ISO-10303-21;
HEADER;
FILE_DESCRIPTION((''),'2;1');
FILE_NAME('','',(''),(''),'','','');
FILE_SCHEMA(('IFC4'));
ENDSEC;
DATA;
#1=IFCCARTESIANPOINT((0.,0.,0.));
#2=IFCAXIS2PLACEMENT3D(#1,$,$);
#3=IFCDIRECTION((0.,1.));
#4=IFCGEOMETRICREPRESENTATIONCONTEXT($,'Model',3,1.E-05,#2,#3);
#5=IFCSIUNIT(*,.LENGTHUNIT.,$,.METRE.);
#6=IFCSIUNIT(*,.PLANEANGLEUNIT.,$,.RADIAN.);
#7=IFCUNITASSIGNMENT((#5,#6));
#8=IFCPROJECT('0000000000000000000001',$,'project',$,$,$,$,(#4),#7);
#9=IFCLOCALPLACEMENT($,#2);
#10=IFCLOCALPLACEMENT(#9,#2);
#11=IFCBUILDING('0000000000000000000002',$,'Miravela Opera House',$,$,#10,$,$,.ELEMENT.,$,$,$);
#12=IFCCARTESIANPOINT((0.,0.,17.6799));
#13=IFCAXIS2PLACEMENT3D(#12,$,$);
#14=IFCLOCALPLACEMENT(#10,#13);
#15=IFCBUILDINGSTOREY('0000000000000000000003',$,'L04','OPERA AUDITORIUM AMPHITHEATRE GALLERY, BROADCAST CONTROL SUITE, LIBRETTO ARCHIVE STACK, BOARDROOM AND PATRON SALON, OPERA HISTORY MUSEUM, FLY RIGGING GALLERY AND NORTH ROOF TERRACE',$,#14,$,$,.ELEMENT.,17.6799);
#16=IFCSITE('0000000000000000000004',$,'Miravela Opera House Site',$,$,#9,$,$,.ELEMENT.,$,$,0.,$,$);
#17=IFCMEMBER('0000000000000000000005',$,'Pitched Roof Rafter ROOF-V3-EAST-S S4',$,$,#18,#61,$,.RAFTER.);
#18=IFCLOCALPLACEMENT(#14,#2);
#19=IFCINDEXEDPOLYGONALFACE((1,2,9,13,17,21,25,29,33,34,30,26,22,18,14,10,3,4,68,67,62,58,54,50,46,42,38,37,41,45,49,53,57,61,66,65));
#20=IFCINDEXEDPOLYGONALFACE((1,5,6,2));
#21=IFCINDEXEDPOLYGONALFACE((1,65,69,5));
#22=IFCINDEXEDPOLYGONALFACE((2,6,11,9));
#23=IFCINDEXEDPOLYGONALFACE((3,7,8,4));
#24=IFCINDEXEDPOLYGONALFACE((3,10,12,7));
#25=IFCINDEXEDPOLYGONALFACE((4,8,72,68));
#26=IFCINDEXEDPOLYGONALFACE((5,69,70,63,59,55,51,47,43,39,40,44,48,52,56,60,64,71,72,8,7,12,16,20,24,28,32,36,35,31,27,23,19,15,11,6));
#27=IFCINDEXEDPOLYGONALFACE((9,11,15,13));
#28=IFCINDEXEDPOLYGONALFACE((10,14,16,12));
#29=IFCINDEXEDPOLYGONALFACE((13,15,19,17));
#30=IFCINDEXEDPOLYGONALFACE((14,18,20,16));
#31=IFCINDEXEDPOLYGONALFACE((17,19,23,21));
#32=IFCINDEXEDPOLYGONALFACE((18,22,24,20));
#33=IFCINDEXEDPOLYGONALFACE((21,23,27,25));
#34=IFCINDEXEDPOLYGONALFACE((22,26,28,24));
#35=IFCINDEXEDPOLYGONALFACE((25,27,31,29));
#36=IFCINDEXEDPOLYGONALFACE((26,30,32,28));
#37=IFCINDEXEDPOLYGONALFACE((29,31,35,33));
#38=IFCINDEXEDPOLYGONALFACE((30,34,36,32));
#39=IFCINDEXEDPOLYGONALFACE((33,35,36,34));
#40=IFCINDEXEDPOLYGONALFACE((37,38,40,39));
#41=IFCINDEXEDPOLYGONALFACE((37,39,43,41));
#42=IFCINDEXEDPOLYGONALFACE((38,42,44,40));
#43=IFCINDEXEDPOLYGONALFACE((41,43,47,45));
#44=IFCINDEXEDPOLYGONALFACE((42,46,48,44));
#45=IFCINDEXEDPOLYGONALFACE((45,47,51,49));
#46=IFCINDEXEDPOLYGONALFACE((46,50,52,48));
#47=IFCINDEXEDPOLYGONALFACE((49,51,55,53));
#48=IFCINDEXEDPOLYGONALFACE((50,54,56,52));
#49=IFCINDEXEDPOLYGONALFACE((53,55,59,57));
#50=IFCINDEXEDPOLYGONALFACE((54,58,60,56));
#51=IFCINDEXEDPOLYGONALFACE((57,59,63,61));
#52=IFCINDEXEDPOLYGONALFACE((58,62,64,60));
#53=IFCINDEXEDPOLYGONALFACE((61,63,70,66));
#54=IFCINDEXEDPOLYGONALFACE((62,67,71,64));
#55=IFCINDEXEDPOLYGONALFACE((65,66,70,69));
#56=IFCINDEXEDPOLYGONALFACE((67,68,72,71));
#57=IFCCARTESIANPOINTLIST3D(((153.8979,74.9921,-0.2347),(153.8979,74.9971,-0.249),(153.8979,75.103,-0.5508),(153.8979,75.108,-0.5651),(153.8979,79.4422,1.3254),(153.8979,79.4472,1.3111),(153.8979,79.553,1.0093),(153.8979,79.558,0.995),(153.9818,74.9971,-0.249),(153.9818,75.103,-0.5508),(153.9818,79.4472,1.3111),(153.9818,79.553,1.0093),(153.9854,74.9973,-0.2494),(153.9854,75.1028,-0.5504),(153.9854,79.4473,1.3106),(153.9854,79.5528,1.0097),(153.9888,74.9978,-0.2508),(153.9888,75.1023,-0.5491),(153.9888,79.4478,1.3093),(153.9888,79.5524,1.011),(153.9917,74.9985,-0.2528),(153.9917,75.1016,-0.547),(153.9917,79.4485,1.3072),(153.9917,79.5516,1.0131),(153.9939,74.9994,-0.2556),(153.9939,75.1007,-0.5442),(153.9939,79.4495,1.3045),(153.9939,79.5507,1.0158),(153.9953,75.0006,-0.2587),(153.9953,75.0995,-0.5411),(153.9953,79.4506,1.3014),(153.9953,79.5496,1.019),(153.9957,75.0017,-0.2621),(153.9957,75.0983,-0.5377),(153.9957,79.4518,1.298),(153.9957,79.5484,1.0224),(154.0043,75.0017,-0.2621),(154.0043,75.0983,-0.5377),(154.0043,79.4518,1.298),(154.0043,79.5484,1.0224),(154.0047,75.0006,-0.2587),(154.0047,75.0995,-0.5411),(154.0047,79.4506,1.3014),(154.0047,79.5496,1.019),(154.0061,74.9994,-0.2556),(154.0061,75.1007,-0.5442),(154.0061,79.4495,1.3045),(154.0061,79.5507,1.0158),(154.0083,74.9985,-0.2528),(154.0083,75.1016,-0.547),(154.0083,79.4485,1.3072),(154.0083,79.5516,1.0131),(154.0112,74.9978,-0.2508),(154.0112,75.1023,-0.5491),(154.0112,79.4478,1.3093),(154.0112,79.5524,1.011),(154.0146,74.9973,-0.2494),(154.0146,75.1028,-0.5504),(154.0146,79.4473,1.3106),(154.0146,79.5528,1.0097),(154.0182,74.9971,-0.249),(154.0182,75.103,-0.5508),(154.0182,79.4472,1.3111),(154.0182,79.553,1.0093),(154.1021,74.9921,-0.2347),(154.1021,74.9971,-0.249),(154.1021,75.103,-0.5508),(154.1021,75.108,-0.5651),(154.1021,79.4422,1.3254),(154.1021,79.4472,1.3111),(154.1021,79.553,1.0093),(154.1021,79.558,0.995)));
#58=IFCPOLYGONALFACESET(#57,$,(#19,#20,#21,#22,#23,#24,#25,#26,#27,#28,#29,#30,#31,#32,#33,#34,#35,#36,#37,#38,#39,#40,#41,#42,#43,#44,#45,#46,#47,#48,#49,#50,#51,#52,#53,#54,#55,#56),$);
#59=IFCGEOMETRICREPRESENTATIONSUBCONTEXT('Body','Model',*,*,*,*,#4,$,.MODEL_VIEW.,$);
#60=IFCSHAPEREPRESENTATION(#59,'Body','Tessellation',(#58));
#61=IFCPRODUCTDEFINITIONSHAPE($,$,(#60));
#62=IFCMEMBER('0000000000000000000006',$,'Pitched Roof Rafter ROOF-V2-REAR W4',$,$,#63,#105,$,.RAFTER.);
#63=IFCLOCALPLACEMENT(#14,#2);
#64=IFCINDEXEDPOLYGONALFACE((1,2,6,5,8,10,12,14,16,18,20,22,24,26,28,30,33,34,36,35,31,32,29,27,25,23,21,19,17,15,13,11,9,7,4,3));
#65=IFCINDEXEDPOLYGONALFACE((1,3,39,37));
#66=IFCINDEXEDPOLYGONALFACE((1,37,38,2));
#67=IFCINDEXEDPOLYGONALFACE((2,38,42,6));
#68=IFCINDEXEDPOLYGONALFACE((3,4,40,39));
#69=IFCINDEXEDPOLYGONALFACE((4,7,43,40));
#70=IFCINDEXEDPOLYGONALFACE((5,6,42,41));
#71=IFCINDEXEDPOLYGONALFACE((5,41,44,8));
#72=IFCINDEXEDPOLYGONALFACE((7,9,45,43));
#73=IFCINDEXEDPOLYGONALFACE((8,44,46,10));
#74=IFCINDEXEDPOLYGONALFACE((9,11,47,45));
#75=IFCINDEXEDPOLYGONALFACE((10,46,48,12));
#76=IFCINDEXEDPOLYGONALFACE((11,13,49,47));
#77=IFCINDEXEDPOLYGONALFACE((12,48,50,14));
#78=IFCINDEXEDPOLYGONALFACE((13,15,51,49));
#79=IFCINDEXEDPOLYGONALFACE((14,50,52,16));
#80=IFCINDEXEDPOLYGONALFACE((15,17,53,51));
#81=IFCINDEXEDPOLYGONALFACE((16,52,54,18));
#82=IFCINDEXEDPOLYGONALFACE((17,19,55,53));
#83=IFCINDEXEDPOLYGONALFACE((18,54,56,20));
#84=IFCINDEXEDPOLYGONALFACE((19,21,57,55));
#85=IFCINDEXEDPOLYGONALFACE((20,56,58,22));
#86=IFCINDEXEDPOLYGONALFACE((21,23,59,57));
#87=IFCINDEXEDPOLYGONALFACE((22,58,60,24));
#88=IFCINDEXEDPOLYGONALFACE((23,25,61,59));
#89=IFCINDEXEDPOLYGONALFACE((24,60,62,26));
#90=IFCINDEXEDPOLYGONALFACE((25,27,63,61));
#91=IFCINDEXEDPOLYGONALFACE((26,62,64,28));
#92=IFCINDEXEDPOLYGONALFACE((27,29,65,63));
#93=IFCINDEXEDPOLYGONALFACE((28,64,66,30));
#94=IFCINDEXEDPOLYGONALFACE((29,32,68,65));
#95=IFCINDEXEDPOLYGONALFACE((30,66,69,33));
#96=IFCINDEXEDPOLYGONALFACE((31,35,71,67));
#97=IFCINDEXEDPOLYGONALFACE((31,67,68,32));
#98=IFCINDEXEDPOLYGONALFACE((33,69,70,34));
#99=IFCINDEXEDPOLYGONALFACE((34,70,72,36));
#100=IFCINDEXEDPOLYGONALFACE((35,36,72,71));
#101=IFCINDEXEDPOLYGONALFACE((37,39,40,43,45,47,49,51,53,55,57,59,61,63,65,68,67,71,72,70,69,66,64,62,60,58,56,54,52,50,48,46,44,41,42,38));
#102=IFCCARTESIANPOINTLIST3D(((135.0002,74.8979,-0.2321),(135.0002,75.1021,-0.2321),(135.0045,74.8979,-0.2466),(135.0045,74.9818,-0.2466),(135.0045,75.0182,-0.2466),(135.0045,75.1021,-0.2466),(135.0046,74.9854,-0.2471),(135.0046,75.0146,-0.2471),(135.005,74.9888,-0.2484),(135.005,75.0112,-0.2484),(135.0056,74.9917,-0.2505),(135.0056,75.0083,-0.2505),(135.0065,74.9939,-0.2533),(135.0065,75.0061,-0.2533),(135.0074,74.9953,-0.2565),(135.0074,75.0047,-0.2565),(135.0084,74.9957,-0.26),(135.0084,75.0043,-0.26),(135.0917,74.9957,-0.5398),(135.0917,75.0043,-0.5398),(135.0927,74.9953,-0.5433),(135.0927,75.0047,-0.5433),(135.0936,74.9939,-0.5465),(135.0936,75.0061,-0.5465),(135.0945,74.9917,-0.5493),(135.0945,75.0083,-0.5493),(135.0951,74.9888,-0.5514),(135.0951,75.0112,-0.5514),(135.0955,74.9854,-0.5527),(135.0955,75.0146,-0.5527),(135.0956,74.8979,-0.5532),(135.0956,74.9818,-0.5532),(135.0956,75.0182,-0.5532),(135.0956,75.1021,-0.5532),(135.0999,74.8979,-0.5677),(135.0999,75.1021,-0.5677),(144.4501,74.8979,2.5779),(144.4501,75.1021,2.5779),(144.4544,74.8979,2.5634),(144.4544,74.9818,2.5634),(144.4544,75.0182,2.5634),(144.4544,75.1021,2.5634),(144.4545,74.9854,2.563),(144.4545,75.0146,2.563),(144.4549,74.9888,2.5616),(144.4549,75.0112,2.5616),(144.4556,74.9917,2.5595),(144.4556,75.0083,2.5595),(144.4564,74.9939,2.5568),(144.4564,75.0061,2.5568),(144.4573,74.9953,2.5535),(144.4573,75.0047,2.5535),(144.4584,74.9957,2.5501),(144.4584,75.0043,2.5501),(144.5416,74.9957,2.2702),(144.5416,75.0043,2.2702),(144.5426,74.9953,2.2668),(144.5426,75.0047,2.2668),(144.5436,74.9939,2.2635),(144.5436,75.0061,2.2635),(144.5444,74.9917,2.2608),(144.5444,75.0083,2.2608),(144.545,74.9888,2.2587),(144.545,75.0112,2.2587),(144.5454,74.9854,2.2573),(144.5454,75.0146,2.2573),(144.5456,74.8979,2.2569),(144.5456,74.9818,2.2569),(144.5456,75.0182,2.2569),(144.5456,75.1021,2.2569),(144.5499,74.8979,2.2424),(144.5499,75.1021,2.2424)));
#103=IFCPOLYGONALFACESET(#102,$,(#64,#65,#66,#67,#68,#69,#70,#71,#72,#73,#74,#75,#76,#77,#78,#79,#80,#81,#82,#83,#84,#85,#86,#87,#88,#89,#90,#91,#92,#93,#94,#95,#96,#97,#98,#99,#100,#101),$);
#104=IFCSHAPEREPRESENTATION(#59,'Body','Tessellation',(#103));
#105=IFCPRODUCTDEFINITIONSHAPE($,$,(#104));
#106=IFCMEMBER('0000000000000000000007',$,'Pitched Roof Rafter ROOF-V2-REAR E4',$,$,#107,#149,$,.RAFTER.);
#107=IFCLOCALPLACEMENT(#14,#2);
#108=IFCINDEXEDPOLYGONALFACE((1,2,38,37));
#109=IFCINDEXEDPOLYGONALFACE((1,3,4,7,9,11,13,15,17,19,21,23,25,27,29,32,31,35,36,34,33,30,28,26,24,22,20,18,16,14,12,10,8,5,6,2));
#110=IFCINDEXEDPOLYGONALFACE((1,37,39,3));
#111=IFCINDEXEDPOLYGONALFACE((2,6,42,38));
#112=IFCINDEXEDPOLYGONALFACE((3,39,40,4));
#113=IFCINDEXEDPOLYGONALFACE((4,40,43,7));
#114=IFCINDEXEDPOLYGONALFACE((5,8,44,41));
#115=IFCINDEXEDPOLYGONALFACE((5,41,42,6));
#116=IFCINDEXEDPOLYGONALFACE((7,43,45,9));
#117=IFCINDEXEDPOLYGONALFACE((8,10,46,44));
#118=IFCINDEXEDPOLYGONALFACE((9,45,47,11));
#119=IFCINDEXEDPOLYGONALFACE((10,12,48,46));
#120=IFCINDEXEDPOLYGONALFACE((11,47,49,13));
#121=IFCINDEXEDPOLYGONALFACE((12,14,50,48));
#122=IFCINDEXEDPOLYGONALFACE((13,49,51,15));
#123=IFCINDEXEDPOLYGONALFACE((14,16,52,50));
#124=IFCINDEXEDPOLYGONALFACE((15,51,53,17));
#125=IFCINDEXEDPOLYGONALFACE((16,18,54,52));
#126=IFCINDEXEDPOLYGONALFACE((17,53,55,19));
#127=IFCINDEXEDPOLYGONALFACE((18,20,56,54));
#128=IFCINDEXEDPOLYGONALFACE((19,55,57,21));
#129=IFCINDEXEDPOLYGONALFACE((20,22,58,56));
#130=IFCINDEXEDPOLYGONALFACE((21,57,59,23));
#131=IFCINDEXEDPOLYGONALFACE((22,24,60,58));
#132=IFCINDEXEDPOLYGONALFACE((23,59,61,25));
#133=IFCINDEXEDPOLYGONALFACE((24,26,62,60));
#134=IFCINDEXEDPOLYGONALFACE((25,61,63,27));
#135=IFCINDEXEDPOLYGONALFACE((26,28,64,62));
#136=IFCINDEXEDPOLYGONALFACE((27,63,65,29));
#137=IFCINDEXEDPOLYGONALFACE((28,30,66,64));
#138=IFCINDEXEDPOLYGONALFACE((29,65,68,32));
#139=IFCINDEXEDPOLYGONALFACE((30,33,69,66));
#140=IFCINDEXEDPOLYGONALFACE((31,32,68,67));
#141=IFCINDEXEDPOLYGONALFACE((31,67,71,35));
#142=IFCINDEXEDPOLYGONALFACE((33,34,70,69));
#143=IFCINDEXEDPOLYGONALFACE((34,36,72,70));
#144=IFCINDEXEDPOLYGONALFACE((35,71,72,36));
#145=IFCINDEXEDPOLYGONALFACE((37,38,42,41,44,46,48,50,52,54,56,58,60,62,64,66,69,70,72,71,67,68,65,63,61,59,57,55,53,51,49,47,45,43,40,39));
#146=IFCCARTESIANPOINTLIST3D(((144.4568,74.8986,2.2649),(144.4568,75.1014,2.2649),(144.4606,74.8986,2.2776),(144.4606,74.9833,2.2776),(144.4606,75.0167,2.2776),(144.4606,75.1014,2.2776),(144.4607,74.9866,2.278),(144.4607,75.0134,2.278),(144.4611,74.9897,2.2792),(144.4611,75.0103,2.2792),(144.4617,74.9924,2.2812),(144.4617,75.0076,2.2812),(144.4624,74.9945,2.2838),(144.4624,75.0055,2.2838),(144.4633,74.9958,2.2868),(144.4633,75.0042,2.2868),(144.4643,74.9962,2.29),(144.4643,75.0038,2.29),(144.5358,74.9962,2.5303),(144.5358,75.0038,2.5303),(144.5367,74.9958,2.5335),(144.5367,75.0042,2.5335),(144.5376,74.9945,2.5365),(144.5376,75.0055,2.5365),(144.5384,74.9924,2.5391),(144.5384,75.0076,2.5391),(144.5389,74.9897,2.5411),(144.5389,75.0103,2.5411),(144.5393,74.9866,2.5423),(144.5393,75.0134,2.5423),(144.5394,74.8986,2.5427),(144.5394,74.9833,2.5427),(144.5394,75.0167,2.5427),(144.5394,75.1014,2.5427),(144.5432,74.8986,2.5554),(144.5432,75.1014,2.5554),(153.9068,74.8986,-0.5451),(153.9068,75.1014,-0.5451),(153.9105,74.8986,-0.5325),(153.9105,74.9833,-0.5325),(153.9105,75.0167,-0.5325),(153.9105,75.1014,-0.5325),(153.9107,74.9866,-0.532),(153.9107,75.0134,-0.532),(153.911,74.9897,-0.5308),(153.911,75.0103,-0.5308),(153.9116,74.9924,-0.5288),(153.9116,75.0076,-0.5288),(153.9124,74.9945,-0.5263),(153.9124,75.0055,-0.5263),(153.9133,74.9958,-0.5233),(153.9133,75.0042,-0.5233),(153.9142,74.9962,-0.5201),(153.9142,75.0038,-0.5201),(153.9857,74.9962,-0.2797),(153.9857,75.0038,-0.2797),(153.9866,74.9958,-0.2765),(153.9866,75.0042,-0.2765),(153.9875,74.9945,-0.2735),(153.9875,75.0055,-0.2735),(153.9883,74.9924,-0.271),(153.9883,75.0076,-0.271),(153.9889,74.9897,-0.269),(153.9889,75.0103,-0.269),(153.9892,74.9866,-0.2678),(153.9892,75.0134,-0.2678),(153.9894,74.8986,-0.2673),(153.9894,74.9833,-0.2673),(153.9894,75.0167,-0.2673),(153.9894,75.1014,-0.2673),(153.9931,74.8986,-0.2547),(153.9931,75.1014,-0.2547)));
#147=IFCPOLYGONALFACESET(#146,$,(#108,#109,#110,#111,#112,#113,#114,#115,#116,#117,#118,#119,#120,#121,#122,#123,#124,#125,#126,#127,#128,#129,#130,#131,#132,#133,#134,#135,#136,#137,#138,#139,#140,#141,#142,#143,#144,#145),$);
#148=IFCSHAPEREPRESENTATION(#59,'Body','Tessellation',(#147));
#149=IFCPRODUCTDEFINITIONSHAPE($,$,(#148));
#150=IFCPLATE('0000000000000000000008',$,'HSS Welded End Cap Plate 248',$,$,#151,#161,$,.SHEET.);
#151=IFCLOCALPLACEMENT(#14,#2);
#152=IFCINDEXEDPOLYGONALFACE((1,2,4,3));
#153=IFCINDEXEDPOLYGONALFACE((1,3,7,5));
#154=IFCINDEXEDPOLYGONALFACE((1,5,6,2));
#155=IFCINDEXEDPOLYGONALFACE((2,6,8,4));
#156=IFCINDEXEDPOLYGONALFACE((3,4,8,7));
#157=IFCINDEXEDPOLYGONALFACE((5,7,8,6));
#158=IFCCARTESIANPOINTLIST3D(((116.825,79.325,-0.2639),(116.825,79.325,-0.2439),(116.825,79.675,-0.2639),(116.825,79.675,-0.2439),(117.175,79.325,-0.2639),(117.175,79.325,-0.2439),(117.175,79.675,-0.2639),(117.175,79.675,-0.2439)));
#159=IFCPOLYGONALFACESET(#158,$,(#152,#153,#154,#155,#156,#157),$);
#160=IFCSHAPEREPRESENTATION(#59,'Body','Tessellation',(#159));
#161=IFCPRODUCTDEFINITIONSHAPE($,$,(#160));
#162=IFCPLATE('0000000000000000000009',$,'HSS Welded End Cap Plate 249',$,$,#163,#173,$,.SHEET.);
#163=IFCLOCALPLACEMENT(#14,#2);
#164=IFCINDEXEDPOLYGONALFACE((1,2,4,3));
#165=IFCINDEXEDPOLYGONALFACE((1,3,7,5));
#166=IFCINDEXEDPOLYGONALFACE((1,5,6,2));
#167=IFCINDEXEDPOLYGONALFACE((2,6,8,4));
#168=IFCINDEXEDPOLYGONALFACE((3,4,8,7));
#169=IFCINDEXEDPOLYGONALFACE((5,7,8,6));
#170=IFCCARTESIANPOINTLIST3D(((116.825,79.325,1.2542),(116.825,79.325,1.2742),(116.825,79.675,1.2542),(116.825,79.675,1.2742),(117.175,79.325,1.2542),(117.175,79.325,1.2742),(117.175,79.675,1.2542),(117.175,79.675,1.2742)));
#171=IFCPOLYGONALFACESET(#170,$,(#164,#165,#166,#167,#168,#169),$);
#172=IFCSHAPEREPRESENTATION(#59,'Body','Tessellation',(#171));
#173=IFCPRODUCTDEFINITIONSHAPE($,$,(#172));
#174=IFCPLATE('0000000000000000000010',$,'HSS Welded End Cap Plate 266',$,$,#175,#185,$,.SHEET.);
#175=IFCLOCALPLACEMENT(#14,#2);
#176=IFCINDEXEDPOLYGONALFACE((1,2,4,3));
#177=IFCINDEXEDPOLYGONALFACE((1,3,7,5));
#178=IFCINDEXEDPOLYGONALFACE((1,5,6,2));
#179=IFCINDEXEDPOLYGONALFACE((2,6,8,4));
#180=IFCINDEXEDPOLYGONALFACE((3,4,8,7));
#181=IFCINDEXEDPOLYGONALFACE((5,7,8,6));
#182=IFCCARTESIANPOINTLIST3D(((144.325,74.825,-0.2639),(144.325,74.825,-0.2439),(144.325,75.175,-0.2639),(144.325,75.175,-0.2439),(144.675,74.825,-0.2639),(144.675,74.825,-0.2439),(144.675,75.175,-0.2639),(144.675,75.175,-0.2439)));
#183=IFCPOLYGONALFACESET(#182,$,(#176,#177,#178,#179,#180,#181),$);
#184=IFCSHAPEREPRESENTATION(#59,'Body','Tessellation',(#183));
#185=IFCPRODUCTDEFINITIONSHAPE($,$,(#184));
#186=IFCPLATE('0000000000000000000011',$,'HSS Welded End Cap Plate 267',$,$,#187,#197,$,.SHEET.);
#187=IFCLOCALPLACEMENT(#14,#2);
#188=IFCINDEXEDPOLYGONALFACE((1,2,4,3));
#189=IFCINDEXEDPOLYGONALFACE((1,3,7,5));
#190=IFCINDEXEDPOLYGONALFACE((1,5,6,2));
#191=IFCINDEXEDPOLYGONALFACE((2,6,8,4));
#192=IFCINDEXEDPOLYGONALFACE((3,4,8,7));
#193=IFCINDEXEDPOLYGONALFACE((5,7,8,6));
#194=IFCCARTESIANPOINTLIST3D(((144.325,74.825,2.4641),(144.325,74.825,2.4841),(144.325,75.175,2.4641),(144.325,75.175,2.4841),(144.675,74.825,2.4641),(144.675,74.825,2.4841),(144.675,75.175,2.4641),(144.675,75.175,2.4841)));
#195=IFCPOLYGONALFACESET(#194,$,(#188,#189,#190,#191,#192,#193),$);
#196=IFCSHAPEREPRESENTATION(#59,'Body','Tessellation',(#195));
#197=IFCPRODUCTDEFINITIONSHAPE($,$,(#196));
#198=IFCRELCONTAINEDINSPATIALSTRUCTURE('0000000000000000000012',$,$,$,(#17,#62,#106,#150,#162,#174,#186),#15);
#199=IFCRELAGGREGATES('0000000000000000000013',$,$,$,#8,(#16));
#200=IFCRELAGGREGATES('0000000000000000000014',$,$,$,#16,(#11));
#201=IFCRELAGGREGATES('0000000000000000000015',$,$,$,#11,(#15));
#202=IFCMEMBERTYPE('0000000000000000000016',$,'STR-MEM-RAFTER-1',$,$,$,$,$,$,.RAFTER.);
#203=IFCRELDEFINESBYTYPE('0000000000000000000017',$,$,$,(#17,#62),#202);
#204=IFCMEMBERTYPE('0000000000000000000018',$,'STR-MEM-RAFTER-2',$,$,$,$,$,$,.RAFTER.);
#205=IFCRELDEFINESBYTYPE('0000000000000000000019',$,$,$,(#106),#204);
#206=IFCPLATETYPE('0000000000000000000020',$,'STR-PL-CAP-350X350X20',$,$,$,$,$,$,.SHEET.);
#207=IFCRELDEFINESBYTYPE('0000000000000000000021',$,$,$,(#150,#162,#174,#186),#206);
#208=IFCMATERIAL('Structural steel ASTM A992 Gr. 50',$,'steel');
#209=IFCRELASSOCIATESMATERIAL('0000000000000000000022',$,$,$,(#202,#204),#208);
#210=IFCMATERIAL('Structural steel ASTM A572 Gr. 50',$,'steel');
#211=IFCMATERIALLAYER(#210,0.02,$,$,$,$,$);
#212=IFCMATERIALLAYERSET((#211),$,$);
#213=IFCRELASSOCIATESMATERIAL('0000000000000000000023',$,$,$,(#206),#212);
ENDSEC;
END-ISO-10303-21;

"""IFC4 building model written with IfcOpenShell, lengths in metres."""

from ifc_helpers import new_model, si_unit, direction, frame, origin, origin_2d, place, context, subcontext, project, spatial, rectangle, i_section, extrude, material, layer, layer_set, material_profile, profile_set, type_object, element, save


model = new_model("IFC4")

# Units and contexts
model_context = context("Model", 3, precision=1e-05, world=origin(), true_north=direction((0.0, 1.0)))
body_context = subcontext(model_context, "Body", "Model", "MODEL_VIEW")
ifc_project = project(units=[si_unit("LENGTHUNIT", "METRE"), si_unit("PLANEANGLEUNIT", "RADIAN")], contexts=[model_context])

# Site, building, storey
site_placement = place(None, origin())
site = spatial("IfcSite", under=ifc_project, at=site_placement, Name="Miravela Opera House Site", CompositionType="ELEMENT", RefElevation=0.0)
building_placement = place(site_placement, origin())
building = spatial("IfcBuilding", under=site, at=building_placement, Name="Miravela Opera House", CompositionType="ELEMENT")
storey_placement = place(building_placement, frame((0.0, 0.0, 17.6799)))
storey = spatial("IfcBuildingStorey", under=building, at=storey_placement, Name="L04", Description="OPERA AUDITORIUM AMPHITHEATRE GALLERY, BROADCAST CONTROL SUITE, LIBRETTO ARCHIVE STACK, BOARDROOM AND PATRON SALON, OPERA HISTORY MUSEUM, FLY RIGGING GALLERY AND NORTH ROOF TERRACE", CompositionType="ELEMENT", Elevation=17.6799)

# Shared definitions
ifc_material_1 = material(Name="Structural steel ASTM A992 Gr. 50", Category="steel")

# Members
ifc_material_profile_1 = material_profile(ifc_material_1, i_section(OverallWidth=0.2041, OverallDepth=0.3501, WebThickness=0.0085, FlangeThickness=0.0151, FilletRadius=0.0139, at=origin_2d()), Name="W360X72")
ifc_profile_set_1 = profile_set([ifc_material_profile_1])
member_type_1 = type_object("IfcMemberType", Name="STR-MEM-RAFTER-1", PredefinedType="RAFTER", material=ifc_profile_set_1)
for number, where, z_axis, x_axis, name in (
    (1, (154.0, 75.05, -0.3999), (0.0, 0.943688, 0.330837), (-1.0, 0.0, 0.0), "Pitched Roof Rafter ROOF-V3-EAST-S S4"),
):
    element("IfcMember", number, at=place(storey_placement, frame(where, z_axis=z_axis, x_axis=x_axis)), inside=storey, type_object=member_type_1, Name=name, PredefinedType="RAFTER", context=body_context, shape_type="SweptSolid", body=[
        extrude(i_section(OverallWidth=0.2041, OverallDepth=0.3501, WebThickness=0.0085, FlangeThickness=0.0151, FilletRadius=0.0139, at=origin_2d()), origin(), (0.0, 0.0, 1.0), 4.7156),
    ])
member_1_placement = place(storey_placement, frame((135.05, 75.0, -0.3999), z_axis=(0.958519, 0.0, 0.285027), x_axis=(0.0, 1.0, 0.0)))
element("IfcMember", 2, at=member_1_placement, inside=storey, type_object=member_type_1, Name="Pitched Roof Rafter ROOF-V2-REAR W4", PredefinedType="RAFTER", context=body_context, shape_type="SweptSolid", body=[
    extrude(i_section(OverallWidth=0.2041, OverallDepth=0.3501, WebThickness=0.0085, FlangeThickness=0.0151, FilletRadius=0.0139, at=origin_2d()), origin(), (0.0, 0.0, 1.0), 9.8589),
])
ifc_material_profile_2 = material_profile(ifc_material_1, i_section(OverallWidth=0.2029, OverallDepth=0.303, WebThickness=0.0076, FlangeThickness=0.0132, FilletRadius=0.0129, at=origin_2d()), Name="W310X60")
ifc_profile_set_2 = profile_set([ifc_material_profile_2])
member_type_2 = type_object("IfcMemberType", Name="STR-MEM-RAFTER-2", PredefinedType="RAFTER", material=ifc_profile_set_2)
member_2_placement = place(storey_placement, frame((153.95, 75.0, -0.3999), z_axis=(-0.958519, 0.0, 0.285027), x_axis=(0.0, -1.0, 0.0)))
element("IfcMember", 3, at=member_2_placement, inside=storey, type_object=member_type_2, Name="Pitched Roof Rafter ROOF-V2-REAR E4", PredefinedType="RAFTER", context=body_context, shape_type="SweptSolid", body=[
    extrude(i_section(OverallWidth=0.2029, OverallDepth=0.303, WebThickness=0.0076, FlangeThickness=0.0132, FilletRadius=0.0129, at=origin_2d()), origin(), (0.0, 0.0, 1.0), 9.8589),
])

# Plates
ifc_material_2 = material(Name="Structural steel ASTM A572 Gr. 50", Category="steel")
ifc_layer_1 = layer(ifc_material_2, 0.02)
ifc_layer_set_1 = layer_set([ifc_layer_1])
plate_type = type_object("IfcPlateType", Name="STR-PL-CAP-350X350X20", PredefinedType="SHEET", material=ifc_layer_set_1)
for number, where, z_axis, x_axis, name in (
    (4, (117.0, 79.5, -0.2639), (0.0, 0.0, 1.0), (1.0, 0.0, 0.0), "HSS Welded End Cap Plate 248"),
    (5, (117.0, 79.5, 1.2542), (0.0, 0.0, 1.0), (1.0, 0.0, 0.0), "HSS Welded End Cap Plate 249"),
    (6, (144.5, 75.0, -0.2639), (0.0, 0.0, 1.0), (1.0, 0.0, 0.0), "HSS Welded End Cap Plate 266"),
    (7, (144.5, 75.0, 2.4641), (0.0, 0.0, 1.0), (1.0, 0.0, 0.0), "HSS Welded End Cap Plate 267"),
):
    element("IfcPlate", number, at=place(storey_placement, frame(where, z_axis=z_axis, x_axis=x_axis)), inside=storey, type_object=plate_type, Name=name, PredefinedType="SHEET", context=body_context, shape_type="SweptSolid", body=[
        extrude(rectangle(XDim=0.3501, YDim=0.3501, at=origin_2d()), origin(), (0.0, 0.0, 1.0), 0.02),
    ])

save(model, "model.ifc")
